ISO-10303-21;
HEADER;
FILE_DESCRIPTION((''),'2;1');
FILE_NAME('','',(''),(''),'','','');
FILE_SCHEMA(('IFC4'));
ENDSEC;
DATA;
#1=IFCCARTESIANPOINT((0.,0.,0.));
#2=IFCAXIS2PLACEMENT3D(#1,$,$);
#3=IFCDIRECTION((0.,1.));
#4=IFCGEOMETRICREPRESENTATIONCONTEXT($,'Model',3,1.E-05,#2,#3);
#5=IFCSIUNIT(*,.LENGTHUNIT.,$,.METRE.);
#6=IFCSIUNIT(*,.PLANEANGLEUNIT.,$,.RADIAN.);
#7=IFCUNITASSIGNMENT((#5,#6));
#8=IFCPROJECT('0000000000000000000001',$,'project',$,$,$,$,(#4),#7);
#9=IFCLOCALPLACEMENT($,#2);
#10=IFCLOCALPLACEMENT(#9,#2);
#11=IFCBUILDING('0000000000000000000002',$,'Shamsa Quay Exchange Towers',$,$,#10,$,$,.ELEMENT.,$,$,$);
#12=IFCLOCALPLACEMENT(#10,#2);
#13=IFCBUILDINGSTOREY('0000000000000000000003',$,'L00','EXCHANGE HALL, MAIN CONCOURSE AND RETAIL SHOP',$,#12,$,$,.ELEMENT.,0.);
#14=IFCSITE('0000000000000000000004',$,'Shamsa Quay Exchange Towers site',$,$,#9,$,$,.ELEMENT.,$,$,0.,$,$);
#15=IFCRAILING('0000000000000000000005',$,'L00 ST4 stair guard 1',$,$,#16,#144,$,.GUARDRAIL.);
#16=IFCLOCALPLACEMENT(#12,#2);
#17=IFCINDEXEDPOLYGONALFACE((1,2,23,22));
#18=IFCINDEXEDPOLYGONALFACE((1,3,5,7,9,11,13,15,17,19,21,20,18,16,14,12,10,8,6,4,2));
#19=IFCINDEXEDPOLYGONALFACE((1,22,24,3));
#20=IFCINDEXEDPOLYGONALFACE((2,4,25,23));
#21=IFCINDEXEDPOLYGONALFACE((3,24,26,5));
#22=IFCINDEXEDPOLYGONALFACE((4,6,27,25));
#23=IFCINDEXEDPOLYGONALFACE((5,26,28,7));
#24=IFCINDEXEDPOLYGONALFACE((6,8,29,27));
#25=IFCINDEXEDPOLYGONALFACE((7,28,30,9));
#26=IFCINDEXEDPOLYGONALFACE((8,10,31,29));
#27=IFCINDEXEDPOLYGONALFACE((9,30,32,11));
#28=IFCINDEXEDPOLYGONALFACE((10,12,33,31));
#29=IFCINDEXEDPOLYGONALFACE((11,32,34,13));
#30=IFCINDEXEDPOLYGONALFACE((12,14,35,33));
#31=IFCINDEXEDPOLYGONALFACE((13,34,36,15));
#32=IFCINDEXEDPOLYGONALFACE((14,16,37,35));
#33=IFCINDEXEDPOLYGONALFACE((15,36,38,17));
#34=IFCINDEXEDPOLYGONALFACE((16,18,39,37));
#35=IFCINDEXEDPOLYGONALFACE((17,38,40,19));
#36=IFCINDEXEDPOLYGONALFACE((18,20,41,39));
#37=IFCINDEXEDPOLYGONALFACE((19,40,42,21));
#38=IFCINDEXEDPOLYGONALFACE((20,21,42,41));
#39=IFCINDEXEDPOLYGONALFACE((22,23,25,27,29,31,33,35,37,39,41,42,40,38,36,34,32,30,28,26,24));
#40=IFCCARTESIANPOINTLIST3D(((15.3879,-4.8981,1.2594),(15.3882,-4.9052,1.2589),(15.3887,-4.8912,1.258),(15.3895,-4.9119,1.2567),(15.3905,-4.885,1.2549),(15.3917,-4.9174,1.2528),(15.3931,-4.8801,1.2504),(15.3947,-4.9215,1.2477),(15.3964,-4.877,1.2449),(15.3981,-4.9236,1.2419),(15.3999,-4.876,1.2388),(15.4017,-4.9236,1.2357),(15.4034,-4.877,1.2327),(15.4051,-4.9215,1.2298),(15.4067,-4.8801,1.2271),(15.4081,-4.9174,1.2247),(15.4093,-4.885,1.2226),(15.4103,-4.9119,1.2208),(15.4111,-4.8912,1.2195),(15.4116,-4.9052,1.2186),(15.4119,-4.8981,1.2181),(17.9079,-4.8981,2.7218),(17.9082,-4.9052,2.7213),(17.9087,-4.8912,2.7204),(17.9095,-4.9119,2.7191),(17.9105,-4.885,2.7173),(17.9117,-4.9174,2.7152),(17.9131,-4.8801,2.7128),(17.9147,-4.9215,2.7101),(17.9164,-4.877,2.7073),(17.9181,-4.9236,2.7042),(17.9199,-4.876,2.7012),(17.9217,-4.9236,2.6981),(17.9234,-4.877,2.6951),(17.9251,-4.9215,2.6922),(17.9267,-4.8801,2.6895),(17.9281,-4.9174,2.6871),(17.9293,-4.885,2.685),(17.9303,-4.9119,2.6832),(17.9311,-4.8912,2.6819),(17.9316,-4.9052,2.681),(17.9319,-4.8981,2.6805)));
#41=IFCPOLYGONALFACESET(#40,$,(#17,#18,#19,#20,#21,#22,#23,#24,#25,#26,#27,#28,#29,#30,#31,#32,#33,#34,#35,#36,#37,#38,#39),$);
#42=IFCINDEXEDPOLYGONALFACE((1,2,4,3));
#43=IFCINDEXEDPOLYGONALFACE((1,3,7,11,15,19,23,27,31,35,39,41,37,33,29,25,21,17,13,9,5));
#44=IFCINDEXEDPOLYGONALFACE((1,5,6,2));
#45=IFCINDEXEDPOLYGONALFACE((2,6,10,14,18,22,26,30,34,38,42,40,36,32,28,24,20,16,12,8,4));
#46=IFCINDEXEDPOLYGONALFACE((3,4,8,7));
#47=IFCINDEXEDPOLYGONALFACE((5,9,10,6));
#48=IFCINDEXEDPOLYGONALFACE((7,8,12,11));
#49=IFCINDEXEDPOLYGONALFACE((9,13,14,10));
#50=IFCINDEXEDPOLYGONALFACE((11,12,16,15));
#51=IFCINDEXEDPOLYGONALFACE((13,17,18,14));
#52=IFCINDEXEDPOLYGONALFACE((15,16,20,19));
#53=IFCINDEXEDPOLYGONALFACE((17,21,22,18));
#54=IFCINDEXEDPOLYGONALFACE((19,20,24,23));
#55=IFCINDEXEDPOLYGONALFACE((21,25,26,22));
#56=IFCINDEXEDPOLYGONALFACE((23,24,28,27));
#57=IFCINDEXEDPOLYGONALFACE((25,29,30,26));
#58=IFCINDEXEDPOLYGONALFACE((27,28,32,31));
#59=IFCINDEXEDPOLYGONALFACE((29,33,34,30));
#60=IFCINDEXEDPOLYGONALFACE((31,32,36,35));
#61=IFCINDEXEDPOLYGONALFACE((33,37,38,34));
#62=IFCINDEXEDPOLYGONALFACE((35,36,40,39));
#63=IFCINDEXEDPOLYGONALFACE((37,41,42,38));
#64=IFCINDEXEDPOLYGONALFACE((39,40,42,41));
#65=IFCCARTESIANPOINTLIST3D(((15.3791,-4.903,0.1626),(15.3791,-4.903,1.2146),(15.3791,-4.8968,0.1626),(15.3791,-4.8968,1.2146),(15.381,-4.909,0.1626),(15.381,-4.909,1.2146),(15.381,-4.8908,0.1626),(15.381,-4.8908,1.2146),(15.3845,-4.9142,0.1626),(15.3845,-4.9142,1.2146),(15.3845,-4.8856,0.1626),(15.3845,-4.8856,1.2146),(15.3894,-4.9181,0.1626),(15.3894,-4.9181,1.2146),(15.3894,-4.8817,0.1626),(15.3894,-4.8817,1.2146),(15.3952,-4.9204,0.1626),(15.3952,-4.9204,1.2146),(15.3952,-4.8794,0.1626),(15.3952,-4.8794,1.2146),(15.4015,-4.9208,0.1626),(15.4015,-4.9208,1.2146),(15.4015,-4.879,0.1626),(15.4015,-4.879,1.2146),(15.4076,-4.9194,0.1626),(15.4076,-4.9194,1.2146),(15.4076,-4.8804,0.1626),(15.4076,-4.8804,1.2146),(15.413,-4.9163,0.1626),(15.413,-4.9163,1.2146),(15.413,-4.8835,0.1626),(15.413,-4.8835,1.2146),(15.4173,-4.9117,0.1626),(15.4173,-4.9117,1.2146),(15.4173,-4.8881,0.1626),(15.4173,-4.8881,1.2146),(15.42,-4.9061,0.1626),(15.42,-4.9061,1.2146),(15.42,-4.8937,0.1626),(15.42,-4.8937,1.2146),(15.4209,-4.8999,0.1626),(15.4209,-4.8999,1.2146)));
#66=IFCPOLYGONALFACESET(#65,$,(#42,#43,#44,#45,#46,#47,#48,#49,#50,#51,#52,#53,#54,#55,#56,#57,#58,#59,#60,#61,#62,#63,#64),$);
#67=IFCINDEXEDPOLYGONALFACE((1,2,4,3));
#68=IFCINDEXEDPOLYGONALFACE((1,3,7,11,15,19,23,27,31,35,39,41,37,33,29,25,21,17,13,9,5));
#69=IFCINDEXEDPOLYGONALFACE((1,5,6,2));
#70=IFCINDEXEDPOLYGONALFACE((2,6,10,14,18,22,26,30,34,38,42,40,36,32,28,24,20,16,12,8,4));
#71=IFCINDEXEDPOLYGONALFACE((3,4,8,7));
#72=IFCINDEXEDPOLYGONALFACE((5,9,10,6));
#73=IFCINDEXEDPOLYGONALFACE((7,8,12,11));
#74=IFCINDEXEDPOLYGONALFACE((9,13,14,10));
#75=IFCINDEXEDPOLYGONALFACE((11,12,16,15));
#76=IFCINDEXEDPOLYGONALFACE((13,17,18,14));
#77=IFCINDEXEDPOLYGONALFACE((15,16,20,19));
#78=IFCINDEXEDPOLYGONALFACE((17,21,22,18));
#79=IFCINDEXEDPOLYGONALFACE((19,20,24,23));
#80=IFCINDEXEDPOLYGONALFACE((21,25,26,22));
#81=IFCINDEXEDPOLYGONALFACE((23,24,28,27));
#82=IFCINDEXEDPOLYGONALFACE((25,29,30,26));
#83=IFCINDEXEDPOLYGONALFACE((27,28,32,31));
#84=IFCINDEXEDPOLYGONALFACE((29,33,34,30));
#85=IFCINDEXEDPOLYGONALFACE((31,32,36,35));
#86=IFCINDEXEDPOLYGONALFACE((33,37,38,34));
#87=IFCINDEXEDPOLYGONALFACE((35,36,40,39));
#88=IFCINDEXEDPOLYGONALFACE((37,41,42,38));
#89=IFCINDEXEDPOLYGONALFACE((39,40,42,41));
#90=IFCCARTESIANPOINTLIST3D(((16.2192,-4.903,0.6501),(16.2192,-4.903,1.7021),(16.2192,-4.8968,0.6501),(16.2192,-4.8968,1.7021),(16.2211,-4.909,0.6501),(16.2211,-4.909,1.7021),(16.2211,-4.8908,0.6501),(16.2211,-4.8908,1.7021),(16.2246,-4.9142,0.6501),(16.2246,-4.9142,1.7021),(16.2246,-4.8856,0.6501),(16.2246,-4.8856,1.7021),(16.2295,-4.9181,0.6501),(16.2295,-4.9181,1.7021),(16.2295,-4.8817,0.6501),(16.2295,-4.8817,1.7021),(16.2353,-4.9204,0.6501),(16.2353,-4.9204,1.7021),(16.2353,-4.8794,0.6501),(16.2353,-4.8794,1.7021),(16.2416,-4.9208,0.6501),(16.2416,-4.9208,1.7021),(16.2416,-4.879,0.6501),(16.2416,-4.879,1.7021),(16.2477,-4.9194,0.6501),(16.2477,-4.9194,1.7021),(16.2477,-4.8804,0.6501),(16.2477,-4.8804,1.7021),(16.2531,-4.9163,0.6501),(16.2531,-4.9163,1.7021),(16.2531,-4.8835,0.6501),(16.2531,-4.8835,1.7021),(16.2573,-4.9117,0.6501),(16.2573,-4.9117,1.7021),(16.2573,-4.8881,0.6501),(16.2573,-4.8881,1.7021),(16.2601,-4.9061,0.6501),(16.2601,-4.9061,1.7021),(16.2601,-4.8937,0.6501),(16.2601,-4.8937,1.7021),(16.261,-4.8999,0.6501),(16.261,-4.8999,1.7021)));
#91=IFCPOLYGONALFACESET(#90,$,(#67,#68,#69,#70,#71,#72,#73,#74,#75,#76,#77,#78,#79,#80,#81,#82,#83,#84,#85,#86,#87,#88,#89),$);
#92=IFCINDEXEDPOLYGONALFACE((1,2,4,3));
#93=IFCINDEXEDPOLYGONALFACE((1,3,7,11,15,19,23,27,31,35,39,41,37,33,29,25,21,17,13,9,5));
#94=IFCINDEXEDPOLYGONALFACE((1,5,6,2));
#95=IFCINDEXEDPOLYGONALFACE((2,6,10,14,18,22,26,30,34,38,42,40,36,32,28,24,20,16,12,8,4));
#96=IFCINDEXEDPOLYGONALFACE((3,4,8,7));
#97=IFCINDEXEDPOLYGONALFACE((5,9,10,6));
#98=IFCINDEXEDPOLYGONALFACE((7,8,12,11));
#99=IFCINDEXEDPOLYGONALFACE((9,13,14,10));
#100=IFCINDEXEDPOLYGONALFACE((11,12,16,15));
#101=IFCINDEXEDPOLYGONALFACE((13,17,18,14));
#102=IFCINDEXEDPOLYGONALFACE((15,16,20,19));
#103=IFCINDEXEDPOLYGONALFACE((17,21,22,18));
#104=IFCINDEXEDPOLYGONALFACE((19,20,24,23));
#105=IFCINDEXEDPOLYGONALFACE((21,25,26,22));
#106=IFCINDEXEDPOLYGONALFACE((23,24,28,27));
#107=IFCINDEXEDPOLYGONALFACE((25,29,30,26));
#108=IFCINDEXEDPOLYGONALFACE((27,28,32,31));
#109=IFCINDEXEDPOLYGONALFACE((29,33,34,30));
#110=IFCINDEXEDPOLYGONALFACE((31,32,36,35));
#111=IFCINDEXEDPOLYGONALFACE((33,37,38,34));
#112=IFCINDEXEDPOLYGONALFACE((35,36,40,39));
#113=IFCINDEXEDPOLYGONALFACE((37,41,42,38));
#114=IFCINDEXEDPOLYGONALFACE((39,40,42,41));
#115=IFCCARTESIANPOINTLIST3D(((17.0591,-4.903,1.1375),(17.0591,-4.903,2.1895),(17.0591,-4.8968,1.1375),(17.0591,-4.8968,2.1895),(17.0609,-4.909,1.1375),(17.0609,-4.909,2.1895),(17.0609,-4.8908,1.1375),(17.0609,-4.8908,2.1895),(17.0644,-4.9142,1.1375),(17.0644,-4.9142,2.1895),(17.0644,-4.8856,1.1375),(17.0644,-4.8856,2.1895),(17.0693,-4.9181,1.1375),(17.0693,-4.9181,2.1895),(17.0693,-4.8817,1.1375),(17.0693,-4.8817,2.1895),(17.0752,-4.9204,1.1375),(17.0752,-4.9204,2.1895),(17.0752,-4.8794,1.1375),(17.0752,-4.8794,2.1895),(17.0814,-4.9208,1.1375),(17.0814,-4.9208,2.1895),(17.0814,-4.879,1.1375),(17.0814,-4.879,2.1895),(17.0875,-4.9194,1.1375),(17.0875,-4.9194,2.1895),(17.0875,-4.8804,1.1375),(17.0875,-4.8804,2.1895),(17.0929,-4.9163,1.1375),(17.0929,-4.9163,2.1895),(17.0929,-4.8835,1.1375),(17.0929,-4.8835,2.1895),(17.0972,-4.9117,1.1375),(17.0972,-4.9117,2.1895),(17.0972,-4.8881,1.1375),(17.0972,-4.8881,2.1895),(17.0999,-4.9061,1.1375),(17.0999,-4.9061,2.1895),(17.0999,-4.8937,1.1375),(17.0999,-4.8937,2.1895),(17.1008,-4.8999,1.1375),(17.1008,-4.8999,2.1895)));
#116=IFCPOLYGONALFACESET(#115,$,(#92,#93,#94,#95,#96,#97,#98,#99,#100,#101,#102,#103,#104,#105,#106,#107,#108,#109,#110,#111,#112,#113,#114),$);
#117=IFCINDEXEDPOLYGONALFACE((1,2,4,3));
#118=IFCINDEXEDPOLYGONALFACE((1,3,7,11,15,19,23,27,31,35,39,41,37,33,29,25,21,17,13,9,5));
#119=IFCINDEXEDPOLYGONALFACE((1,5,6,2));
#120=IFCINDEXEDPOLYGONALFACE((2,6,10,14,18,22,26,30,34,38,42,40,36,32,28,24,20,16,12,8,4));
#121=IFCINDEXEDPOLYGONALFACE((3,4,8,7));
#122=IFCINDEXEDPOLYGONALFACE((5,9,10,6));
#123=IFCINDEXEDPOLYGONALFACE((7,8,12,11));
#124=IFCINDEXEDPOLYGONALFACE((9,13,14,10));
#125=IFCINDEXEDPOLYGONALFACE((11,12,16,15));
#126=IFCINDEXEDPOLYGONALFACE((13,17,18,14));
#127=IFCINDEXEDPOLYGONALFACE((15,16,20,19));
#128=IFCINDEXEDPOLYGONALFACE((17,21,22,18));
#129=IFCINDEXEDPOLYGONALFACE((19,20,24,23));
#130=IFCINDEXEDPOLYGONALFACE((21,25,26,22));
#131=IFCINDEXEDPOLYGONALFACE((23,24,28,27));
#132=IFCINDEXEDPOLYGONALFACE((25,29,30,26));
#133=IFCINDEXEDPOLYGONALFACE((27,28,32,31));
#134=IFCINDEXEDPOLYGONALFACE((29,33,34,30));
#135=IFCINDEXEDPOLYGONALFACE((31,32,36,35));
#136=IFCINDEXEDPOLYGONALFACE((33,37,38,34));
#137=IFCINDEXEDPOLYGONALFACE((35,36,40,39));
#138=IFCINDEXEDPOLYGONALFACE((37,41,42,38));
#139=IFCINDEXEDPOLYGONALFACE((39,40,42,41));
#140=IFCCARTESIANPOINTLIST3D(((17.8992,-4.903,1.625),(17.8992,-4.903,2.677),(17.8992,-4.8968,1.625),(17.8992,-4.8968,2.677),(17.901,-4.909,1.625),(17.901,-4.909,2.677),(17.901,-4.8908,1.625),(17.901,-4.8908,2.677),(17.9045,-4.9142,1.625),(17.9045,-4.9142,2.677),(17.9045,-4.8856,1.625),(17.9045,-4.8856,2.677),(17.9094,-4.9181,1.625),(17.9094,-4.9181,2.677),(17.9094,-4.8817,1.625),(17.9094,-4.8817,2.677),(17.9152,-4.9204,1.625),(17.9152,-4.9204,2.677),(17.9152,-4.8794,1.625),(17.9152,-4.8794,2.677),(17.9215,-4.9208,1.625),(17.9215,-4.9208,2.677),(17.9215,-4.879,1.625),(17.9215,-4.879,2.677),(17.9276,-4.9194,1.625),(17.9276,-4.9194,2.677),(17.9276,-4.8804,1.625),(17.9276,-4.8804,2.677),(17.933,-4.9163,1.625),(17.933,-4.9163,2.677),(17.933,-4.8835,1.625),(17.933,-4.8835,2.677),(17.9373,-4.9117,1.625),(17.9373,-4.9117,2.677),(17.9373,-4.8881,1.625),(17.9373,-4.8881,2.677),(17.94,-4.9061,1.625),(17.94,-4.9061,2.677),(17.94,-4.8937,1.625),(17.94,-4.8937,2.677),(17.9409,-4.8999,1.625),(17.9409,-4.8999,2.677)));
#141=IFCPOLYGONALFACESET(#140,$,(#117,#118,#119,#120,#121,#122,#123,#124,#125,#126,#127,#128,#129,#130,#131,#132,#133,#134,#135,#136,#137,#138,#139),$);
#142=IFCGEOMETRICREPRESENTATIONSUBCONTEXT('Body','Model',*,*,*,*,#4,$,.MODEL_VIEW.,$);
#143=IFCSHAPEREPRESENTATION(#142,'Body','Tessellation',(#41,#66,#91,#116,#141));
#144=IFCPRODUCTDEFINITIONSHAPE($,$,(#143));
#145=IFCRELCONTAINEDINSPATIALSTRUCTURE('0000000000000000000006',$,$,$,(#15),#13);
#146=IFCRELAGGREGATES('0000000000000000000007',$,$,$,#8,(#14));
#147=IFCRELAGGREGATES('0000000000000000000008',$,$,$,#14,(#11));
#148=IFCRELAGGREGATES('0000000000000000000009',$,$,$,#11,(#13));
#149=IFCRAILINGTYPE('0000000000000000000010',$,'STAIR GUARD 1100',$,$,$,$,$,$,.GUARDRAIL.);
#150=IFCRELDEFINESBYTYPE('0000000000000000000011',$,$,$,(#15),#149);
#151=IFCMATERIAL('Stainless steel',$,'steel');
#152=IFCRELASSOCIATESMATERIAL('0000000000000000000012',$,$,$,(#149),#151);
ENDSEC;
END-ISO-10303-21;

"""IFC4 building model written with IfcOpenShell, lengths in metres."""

from ifc_helpers import new_model, si_unit, direction, frame, origin, origin_2d, place, context, subcontext, project, spatial, circle, extrude, material, type_object, element, save


model = new_model("IFC4")

# Units and contexts
model_context = context("Model", 3, precision=1e-05, world=origin(), true_north=direction((0.0, 1.0)))
body_context = subcontext(model_context, "Body", "Model", "MODEL_VIEW")
ifc_project = project(units=[si_unit("LENGTHUNIT", "METRE"), si_unit("PLANEANGLEUNIT", "RADIAN")], contexts=[model_context])

# Site, building, storey
site_placement = place(None, origin())
site = spatial("IfcSite", under=ifc_project, at=site_placement, Name="Shamsa Quay Exchange Towers site", CompositionType="ELEMENT", RefElevation=0.0)
building_placement = place(site_placement, origin())
building = spatial("IfcBuilding", under=site, at=building_placement, Name="Shamsa Quay Exchange Towers", CompositionType="ELEMENT")
storey_placement = place(building_placement, origin())
storey = spatial("IfcBuildingStorey", under=building, at=storey_placement, Name="L00", Description="EXCHANGE HALL, MAIN CONCOURSE AND RETAIL SHOP", CompositionType="ELEMENT", Elevation=0.0)

# Railing
ifc_material_1 = material(Name="Stainless steel", Category="steel")
railing_type_1 = type_object("IfcRailingType", Name="STAIR GUARD 1100", PredefinedType="GUARDRAIL", material=ifc_material_1)
railing_1_placement = place(storey_placement, frame((15.3999, -4.8999, 0.1626)))
element("IfcRailing", 1, at=railing_1_placement, inside=storey, type_object=railing_type_1, Name="L00 ST4 stair guard 1", PredefinedType="GUARDRAIL", context=body_context, shape_type="SweptSolid", body=[
    extrude(circle(Radius=0.0239, at=origin_2d()), frame((0.0, 0.0, 1.0762), z_axis=(0.864913, 0.0, 0.501921), x_axis=(0.0, 1.0, 0.0)), (0.0, 0.0, 1.0), 2.9136),
    extrude(circle(Radius=0.021, at=origin_2d()), origin(), (0.0, 0.0, 1.0), 1.052),
    extrude(circle(Radius=0.021, at=origin_2d()), frame((0.8401, 0.0, 0.4875)), (0.0, 0.0, 1.0), 1.052),
    extrude(circle(Radius=0.021, at=origin_2d()), frame((1.6799, 0.0, 0.9749)), (0.0, 0.0, 1.0), 1.052),
    extrude(circle(Radius=0.021, at=origin_2d()), frame((2.52, 0.0, 1.4624)), (0.0, 0.0, 1.0), 1.052),
])

save(model, "model.ifc")
